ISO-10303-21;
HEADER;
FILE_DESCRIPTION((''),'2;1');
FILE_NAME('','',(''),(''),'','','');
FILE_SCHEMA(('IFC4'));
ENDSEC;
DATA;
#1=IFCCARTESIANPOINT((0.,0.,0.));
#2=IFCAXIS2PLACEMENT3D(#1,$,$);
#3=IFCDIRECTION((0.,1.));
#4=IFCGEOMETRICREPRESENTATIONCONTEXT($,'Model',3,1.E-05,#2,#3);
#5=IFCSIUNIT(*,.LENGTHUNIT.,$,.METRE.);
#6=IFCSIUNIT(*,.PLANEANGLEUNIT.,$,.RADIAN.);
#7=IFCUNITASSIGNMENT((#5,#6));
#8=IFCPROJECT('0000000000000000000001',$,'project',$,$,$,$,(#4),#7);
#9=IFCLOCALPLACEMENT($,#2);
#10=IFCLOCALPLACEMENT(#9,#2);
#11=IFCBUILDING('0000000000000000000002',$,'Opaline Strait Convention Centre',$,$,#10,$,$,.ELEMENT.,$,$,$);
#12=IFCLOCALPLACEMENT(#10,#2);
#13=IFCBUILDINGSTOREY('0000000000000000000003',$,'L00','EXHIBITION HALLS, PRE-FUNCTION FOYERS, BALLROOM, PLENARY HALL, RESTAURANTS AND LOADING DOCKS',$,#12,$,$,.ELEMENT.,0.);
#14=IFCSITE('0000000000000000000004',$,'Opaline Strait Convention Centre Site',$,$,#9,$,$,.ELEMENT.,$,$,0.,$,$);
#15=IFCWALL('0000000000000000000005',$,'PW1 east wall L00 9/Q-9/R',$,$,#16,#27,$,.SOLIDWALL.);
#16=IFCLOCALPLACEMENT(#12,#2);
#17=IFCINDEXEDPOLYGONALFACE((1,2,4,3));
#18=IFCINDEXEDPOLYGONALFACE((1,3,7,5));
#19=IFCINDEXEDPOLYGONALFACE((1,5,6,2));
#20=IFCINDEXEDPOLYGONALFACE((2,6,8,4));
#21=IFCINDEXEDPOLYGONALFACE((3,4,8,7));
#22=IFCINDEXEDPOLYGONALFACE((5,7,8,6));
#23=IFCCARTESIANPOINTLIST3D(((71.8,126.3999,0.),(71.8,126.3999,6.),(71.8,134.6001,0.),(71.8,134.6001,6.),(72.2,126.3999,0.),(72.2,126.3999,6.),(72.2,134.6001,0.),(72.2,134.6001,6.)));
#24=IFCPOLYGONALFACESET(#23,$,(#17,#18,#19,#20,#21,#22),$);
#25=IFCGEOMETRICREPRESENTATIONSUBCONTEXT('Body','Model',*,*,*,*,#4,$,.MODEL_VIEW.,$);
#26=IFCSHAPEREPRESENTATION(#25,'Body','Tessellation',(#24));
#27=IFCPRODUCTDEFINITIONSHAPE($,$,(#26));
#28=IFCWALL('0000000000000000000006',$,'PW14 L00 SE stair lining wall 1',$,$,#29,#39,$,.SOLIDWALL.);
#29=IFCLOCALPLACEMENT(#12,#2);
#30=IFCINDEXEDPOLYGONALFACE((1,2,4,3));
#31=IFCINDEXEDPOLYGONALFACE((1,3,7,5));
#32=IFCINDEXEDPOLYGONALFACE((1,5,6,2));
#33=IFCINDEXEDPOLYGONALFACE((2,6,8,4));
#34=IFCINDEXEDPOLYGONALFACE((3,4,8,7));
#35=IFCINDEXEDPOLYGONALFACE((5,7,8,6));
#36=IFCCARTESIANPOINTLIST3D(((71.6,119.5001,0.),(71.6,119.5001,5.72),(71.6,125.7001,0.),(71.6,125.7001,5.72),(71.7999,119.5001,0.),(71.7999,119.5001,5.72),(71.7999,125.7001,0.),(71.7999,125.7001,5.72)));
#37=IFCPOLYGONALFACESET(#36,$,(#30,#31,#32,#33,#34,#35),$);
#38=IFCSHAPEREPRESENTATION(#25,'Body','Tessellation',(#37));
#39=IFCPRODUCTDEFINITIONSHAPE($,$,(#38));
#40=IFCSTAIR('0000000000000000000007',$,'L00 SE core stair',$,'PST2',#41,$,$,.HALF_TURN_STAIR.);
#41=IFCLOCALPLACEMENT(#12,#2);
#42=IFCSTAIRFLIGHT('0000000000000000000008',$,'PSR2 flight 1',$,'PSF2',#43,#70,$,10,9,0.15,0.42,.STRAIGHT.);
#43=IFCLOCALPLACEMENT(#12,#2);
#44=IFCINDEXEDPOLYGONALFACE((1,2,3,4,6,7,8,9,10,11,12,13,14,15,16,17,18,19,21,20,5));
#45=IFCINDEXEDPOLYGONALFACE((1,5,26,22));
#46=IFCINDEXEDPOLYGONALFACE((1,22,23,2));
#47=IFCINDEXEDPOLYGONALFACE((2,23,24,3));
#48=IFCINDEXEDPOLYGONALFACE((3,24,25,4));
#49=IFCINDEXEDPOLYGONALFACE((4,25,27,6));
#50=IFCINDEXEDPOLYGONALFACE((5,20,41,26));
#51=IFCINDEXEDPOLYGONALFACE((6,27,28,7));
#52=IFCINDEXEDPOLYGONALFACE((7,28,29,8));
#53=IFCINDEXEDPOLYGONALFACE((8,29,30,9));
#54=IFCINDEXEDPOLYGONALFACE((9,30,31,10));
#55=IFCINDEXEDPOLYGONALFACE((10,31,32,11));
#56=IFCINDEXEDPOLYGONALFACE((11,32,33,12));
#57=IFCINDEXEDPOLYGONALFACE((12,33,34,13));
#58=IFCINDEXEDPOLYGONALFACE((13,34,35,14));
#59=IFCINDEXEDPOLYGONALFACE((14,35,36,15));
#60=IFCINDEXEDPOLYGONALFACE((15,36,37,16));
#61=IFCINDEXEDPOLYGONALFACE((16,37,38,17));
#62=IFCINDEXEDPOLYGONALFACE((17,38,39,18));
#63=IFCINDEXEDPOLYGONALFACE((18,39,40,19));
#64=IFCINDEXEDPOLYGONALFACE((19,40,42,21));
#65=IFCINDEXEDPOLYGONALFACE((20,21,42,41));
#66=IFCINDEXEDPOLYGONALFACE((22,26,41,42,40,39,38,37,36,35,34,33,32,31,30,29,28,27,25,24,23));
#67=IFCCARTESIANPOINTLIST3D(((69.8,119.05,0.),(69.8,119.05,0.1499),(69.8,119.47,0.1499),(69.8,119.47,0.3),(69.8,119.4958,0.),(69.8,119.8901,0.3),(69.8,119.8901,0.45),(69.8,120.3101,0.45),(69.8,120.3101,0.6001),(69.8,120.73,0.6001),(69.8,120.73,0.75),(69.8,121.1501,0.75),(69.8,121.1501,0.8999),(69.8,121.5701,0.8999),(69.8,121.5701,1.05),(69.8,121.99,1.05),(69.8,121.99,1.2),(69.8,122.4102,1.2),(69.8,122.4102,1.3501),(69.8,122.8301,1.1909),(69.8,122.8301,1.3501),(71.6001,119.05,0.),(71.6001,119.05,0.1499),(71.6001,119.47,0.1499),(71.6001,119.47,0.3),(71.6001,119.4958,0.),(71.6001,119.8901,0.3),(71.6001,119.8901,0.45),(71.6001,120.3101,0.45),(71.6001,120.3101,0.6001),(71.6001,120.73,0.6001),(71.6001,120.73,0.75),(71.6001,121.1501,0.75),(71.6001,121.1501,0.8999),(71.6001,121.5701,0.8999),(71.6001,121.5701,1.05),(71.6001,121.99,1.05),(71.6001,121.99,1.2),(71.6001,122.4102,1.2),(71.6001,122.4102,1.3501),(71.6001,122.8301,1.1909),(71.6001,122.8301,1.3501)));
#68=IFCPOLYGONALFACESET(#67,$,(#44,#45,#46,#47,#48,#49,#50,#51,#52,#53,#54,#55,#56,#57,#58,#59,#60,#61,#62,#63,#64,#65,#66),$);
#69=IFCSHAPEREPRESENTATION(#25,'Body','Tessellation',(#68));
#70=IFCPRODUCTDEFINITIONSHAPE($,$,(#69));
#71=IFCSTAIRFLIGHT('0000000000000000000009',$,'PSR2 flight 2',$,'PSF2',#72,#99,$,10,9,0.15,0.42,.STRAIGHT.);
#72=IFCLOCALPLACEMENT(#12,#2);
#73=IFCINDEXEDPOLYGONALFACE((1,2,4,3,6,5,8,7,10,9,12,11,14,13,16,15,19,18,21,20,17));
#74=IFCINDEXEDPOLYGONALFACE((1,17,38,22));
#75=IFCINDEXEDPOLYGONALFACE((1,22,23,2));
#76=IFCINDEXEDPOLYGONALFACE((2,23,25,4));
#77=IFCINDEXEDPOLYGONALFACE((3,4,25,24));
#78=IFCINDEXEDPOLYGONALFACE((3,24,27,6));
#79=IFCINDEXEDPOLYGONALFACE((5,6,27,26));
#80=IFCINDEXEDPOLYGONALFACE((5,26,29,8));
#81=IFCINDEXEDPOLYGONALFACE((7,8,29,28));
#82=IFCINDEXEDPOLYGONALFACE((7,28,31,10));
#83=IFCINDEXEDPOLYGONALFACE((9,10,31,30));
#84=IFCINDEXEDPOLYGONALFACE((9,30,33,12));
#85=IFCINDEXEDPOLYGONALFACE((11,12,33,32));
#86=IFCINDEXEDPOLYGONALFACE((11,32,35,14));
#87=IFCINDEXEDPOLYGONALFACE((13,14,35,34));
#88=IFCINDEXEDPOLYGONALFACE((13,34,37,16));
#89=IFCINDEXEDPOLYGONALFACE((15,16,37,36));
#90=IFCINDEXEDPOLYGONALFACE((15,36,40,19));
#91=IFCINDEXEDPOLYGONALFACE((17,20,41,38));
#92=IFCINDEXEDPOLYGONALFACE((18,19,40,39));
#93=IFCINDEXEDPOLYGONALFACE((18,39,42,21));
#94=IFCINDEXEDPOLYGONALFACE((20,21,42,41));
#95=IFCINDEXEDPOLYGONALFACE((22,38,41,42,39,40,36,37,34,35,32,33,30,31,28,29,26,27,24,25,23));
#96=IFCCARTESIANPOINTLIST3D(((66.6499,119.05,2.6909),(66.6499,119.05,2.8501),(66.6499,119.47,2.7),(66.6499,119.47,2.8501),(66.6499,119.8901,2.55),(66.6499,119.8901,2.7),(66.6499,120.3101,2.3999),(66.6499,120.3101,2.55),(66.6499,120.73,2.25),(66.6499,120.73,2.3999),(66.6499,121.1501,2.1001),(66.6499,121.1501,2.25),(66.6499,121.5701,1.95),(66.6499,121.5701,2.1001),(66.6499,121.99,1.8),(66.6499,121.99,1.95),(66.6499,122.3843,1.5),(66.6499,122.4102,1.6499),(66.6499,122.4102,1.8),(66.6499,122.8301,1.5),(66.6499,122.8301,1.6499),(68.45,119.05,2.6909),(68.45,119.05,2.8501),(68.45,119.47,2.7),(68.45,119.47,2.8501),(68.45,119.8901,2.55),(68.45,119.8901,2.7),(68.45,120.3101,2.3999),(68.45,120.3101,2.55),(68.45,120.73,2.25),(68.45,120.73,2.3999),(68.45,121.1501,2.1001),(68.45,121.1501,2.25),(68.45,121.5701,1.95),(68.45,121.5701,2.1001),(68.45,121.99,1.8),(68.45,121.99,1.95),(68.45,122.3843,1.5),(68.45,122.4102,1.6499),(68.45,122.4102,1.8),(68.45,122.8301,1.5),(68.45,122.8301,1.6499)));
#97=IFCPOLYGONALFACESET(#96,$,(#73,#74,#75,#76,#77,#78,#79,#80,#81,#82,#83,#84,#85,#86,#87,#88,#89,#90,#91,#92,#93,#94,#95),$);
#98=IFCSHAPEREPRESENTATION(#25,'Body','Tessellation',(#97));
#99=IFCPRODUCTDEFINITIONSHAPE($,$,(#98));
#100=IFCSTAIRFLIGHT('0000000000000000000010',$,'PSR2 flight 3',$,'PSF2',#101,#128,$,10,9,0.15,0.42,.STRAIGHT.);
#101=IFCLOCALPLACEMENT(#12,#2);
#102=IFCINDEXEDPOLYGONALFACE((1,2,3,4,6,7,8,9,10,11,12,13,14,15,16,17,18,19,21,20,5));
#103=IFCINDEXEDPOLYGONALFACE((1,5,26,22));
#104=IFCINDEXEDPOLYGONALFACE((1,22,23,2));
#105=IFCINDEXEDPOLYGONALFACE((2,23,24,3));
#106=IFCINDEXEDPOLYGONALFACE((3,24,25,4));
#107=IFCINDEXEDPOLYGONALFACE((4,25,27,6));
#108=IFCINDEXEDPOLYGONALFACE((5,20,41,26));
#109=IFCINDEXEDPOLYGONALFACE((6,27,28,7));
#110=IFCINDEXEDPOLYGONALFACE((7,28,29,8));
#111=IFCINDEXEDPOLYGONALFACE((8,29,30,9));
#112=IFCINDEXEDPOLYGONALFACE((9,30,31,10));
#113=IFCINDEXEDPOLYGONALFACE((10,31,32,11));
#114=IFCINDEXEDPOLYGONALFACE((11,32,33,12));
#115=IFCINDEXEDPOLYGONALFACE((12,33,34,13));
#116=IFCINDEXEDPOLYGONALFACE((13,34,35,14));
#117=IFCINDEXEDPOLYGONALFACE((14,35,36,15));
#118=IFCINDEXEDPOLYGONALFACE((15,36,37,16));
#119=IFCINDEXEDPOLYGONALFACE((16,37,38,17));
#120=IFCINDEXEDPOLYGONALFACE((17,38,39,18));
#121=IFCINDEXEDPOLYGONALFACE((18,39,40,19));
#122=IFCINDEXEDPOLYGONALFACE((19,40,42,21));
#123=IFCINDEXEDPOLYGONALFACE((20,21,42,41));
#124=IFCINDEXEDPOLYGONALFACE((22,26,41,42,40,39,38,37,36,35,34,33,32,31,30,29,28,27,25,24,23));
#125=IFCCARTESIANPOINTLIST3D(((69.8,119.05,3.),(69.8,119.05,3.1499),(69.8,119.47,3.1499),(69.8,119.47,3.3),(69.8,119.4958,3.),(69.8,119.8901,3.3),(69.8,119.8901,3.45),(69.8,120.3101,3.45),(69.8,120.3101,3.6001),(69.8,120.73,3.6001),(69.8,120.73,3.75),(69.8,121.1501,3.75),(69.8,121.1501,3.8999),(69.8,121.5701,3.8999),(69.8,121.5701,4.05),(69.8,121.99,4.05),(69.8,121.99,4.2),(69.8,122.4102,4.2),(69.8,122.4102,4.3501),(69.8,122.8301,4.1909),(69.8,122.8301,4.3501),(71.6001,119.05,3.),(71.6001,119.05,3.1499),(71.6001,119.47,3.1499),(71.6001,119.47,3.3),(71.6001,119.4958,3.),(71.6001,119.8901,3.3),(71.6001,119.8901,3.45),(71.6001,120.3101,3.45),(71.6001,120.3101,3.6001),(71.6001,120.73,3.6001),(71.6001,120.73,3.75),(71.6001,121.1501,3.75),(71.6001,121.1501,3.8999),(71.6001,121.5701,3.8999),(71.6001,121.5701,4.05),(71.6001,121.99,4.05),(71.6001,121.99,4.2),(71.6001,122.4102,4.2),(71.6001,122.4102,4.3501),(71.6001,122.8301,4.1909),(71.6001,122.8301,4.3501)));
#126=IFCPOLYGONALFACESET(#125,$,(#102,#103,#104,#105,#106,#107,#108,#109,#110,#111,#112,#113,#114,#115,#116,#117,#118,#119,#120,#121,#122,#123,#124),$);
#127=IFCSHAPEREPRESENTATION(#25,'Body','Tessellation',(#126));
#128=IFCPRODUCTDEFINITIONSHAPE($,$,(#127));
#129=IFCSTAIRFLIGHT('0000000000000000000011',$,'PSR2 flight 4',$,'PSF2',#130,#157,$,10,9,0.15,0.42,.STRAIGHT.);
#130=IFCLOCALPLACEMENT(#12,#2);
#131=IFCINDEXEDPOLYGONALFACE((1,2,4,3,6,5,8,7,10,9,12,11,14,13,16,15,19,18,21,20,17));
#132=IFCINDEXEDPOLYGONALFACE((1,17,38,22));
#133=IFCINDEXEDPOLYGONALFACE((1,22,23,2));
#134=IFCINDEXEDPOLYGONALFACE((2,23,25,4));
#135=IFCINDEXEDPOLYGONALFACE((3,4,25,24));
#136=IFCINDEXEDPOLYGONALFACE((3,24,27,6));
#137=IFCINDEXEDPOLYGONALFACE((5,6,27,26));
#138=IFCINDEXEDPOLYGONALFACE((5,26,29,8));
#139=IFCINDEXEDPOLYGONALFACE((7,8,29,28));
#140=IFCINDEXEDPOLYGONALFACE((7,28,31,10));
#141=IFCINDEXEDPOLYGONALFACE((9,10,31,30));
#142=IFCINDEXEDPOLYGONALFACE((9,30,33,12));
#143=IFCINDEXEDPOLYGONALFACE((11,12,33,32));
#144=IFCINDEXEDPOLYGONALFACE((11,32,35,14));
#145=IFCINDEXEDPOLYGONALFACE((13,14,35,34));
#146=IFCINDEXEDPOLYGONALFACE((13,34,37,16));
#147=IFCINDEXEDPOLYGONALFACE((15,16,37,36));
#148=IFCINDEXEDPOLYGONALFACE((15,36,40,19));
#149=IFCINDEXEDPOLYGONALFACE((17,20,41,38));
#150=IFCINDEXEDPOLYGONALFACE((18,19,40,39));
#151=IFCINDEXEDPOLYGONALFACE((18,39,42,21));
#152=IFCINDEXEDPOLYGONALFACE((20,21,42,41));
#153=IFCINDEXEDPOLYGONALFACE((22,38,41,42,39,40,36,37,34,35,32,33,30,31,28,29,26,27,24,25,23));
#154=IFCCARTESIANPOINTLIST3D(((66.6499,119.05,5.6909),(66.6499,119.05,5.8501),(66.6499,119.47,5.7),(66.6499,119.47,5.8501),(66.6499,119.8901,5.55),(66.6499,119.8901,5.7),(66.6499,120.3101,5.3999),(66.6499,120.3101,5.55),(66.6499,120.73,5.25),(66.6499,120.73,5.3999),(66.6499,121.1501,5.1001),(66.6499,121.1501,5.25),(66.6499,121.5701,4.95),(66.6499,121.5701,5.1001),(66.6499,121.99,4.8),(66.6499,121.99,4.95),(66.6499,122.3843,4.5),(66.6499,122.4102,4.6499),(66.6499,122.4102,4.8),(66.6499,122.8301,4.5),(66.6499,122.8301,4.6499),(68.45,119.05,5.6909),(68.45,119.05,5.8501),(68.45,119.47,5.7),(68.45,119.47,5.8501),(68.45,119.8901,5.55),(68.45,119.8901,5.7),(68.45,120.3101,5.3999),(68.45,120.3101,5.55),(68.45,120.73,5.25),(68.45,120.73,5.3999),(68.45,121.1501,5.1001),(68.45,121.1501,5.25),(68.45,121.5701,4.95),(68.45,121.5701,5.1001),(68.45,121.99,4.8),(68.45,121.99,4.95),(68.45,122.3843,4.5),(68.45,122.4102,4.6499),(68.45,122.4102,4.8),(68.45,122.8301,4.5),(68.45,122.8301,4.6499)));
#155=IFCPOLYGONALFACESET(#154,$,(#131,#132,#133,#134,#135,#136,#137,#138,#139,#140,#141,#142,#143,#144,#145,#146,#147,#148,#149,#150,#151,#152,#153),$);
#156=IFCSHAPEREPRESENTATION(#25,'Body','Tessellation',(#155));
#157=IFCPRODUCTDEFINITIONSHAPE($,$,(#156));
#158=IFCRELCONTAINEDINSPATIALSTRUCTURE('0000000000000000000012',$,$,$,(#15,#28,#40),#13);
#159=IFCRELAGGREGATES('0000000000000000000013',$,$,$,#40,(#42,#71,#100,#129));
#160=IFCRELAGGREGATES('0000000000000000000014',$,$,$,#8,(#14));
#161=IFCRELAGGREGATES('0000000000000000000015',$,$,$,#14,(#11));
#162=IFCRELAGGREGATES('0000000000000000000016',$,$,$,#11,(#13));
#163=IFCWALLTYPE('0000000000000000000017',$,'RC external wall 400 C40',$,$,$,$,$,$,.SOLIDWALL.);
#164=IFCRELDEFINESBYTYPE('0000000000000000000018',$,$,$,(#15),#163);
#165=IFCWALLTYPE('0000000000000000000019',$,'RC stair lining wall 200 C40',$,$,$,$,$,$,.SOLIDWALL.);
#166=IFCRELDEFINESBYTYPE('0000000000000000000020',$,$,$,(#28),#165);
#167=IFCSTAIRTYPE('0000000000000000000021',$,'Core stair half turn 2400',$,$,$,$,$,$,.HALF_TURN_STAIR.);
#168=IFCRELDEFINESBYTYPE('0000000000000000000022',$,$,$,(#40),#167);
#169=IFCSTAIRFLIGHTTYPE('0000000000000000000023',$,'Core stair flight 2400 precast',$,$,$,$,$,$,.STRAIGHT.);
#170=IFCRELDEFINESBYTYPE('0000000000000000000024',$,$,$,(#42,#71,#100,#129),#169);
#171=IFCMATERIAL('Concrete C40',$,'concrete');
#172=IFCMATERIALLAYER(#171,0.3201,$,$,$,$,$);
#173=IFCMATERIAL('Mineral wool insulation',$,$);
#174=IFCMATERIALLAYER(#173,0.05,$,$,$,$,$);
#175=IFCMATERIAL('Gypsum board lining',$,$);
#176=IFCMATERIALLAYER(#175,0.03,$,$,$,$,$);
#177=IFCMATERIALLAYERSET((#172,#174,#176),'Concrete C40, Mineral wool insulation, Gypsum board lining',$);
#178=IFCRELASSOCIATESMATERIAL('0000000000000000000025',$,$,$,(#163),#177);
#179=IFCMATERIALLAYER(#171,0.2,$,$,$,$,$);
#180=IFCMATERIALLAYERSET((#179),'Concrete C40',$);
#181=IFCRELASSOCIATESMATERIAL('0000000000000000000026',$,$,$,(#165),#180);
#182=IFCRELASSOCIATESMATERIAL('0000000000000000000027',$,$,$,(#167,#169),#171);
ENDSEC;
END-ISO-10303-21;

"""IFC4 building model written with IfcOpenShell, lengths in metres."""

from ifc_helpers import new_model, si_unit, direction, frame, frame_2d, origin, place, context, subcontext, project, spatial, polyline, rectangle, outline, extrude, material, layer, layer_set, type_object, element, aggregate, save


model = new_model("IFC4")

# Units and contexts
model_context = context("Model", 3, precision=1e-05, world=origin(), true_north=direction((0.0, 1.0)))
body_context = subcontext(model_context, "Body", "Model", "MODEL_VIEW")
ifc_project = project(units=[si_unit("LENGTHUNIT", "METRE"), si_unit("PLANEANGLEUNIT", "RADIAN")], contexts=[model_context])

# Site, building, storey
site_placement = place(None, origin())
site = spatial("IfcSite", under=ifc_project, at=site_placement, Name="Opaline Strait Convention Centre Site", CompositionType="ELEMENT", RefElevation=0.0)
building_placement = place(site_placement, origin())
building = spatial("IfcBuilding", under=site, at=building_placement, Name="Opaline Strait Convention Centre", CompositionType="ELEMENT")
storey_placement = place(building_placement, origin())
storey = spatial("IfcBuildingStorey", under=building, at=storey_placement, Name="L00", Description="EXHIBITION HALLS, PRE-FUNCTION FOYERS, BALLROOM, PLENARY HALL, RESTAURANTS AND LOADING DOCKS", CompositionType="ELEMENT", Elevation=0.0)

# Shared definitions
ifc_material_1 = material(Name="Concrete C40", Category="concrete")

# Walls
ifc_layer_1 = layer(ifc_material_1, 0.3201)
ifc_material_2 = material(Name="Mineral wool insulation")
ifc_layer_2 = layer(ifc_material_2, 0.05)
ifc_material_3 = material(Name="Gypsum board lining")
ifc_layer_3 = layer(ifc_material_3, 0.03)
ifc_layer_set_1 = layer_set([ifc_layer_1, ifc_layer_2, ifc_layer_3], Name="Concrete C40, Mineral wool insulation, Gypsum board lining")
wall_type_1 = type_object("IfcWallType", Name="RC external wall 400 C40", PredefinedType="SOLIDWALL", material=ifc_layer_set_1)
wall_1_placement = place(storey_placement, frame((72.0, 126.3999, 0.0), z_axis=(0.0, 0.0, 1.0), x_axis=(0.0, 1.0, 0.0)))
element("IfcWall", 1, at=wall_1_placement, inside=storey, type_object=wall_type_1, Name="PW1 east wall L00 9/Q-9/R", PredefinedType="SOLIDWALL", context=body_context, shape_type="SweptSolid", body=[
    extrude(rectangle(XDim=8.2002, YDim=0.3999, at=frame_2d((4.1001, 0.0))), origin(), (0.0, 0.0, 1.0), 6.0),
])
ifc_layer_4 = layer(ifc_material_1, 0.2)
ifc_layer_set_2 = layer_set([ifc_layer_4], Name="Concrete C40")
wall_type_2 = type_object("IfcWallType", Name="RC stair lining wall 200 C40", PredefinedType="SOLIDWALL", material=ifc_layer_set_2)
wall_2_placement = place(storey_placement, frame((71.7, 119.5, 0.0), z_axis=(0.0, 0.0, 1.0), x_axis=(0.0, 1.0, 0.0)))
element("IfcWall", 2, at=wall_2_placement, inside=storey, type_object=wall_type_2, Name="PW14 L00 SE stair lining wall 1", PredefinedType="SOLIDWALL", context=body_context, shape_type="SweptSolid", body=[
    extrude(rectangle(XDim=6.2, YDim=0.2, at=frame_2d((3.1001, 0.0))), origin(), (0.0, 0.0, 1.0), 5.72),
])

# Stair, stair flights
stair_type = type_object("IfcStairType", Name="Core stair half turn 2400", PredefinedType="HALF_TURN_STAIR", material=ifc_material_1)
stair_placement = place(storey_placement, origin())
stair = element("IfcStair", 3, at=stair_placement, inside=storey, type_object=stair_type, Name="L00 SE core stair", ObjectType="PST2", PredefinedType="HALF_TURN_STAIR")
stair_flight_type = type_object("IfcStairFlightType", Name="Core stair flight 2400 precast", PredefinedType="STRAIGHT", material=ifc_material_1)
stair_flight_1_placement = place(storey_placement, frame((70.7, 119.05, 0.0), z_axis=(0.0, 0.0, 1.0), x_axis=(0.0, 1.0, 0.0)))
stair_flight_1 = element("IfcStairFlight", 4, at=stair_flight_1_placement, type_object=stair_flight_type, Name="PSR2 flight 1", ObjectType="PSF2", NumberOfRisers=10, NumberOfTreads=9, PredefinedType="STRAIGHT", RiserHeight=0.15, TreadLength=0.42, context=body_context, shape_type="SweptSolid", body=[
    extrude(outline(polyline([(0.0, 0.0), (0.0, 0.1499), (0.4199, 0.1499), (0.4199, 0.3), (0.8401, 0.3), (0.8401, 0.45), (1.26, 0.45), (1.26, 0.6001), (1.6799, 0.6001), (1.6799, 0.75), (2.1001, 0.75), (2.1001, 0.8999), (2.52, 0.8999), (2.52, 1.05), (2.9399, 1.05), (2.9399, 1.2), (3.3601, 1.2), (3.3601, 1.3501), (3.78, 1.3501), (3.78, 1.5), (3.78, 1.1909), (0.4458, 0.0), (0.0, 0.0)])), frame((0.0, 0.8999, 0.0), z_axis=(0.0, -1.0, 0.0), x_axis=(1.0, 0.0, 0.0)), (0.0, 0.0, 1.0), 1.8),
])
stair_flight_2_placement = place(storey_placement, frame((67.55, 122.8301, 1.5), z_axis=(0.0, 0.0, 1.0), x_axis=(0.0, -1.0, 0.0)))
stair_flight_2 = element("IfcStairFlight", 5, at=stair_flight_2_placement, type_object=stair_flight_type, Name="PSR2 flight 2", ObjectType="PSF2", NumberOfRisers=10, NumberOfTreads=9, PredefinedType="STRAIGHT", RiserHeight=0.15, TreadLength=0.42, context=body_context, shape_type="SweptSolid", body=[
    extrude(outline(polyline([(0.0, 0.0), (0.0, 0.1499), (0.4199, 0.1499), (0.4199, 0.3), (0.8401, 0.3), (0.8401, 0.45), (1.26, 0.45), (1.26, 0.6001), (1.6799, 0.6001), (1.6799, 0.75), (2.1001, 0.75), (2.1001, 0.8999), (2.52, 0.8999), (2.52, 1.05), (2.9399, 1.05), (2.9399, 1.2), (3.3601, 1.2), (3.3601, 1.3501), (3.78, 1.3501), (3.78, 1.5), (3.78, 1.1909), (0.4458, 0.0), (0.0, 0.0)])), frame((0.0, 0.8999, 0.0), z_axis=(0.0, -1.0, 0.0), x_axis=(1.0, 0.0, 0.0)), (0.0, 0.0, 1.0), 1.8),
])
stair_flight_3_placement = place(storey_placement, frame((70.7, 119.05, 3.0), z_axis=(0.0, 0.0, 1.0), x_axis=(0.0, 1.0, 0.0)))
stair_flight_3 = element("IfcStairFlight", 6, at=stair_flight_3_placement, type_object=stair_flight_type, Name="PSR2 flight 3", ObjectType="PSF2", NumberOfRisers=10, NumberOfTreads=9, PredefinedType="STRAIGHT", RiserHeight=0.15, TreadLength=0.42, context=body_context, shape_type="SweptSolid", body=[
    extrude(outline(polyline([(0.0, 0.0), (0.0, 0.1499), (0.4199, 0.1499), (0.4199, 0.3), (0.8401, 0.3), (0.8401, 0.45), (1.26, 0.45), (1.26, 0.6001), (1.6799, 0.6001), (1.6799, 0.75), (2.1001, 0.75), (2.1001, 0.8999), (2.52, 0.8999), (2.52, 1.05), (2.9399, 1.05), (2.9399, 1.2), (3.3601, 1.2), (3.3601, 1.3501), (3.78, 1.3501), (3.78, 1.5), (3.78, 1.1909), (0.4458, 0.0), (0.0, 0.0)])), frame((0.0, 0.8999, 0.0), z_axis=(0.0, -1.0, 0.0), x_axis=(1.0, 0.0, 0.0)), (0.0, 0.0, 1.0), 1.8),
])
stair_flight_4_placement = place(storey_placement, frame((67.55, 122.8301, 4.5), z_axis=(0.0, 0.0, 1.0), x_axis=(0.0, -1.0, 0.0)))
stair_flight_4 = element("IfcStairFlight", 7, at=stair_flight_4_placement, type_object=stair_flight_type, Name="PSR2 flight 4", ObjectType="PSF2", NumberOfRisers=10, NumberOfTreads=9, PredefinedType="STRAIGHT", RiserHeight=0.15, TreadLength=0.42, context=body_context, shape_type="SweptSolid", body=[
    extrude(outline(polyline([(0.0, 0.0), (0.0, 0.1499), (0.4199, 0.1499), (0.4199, 0.3), (0.8401, 0.3), (0.8401, 0.45), (1.26, 0.45), (1.26, 0.6001), (1.6799, 0.6001), (1.6799, 0.75), (2.1001, 0.75), (2.1001, 0.8999), (2.52, 0.8999), (2.52, 1.05), (2.9399, 1.05), (2.9399, 1.2), (3.3601, 1.2), (3.3601, 1.3501), (3.78, 1.3501), (3.78, 1.5), (3.78, 1.1909), (0.4458, 0.0), (0.0, 0.0)])), frame((0.0, 0.8999, 0.0), z_axis=(0.0, -1.0, 0.0), x_axis=(1.0, 0.0, 0.0)), (0.0, 0.0, 1.0), 1.8),
])
aggregate(stair, [stair_flight_1, stair_flight_2, stair_flight_3, stair_flight_4])

save(model, "model.ifc")
